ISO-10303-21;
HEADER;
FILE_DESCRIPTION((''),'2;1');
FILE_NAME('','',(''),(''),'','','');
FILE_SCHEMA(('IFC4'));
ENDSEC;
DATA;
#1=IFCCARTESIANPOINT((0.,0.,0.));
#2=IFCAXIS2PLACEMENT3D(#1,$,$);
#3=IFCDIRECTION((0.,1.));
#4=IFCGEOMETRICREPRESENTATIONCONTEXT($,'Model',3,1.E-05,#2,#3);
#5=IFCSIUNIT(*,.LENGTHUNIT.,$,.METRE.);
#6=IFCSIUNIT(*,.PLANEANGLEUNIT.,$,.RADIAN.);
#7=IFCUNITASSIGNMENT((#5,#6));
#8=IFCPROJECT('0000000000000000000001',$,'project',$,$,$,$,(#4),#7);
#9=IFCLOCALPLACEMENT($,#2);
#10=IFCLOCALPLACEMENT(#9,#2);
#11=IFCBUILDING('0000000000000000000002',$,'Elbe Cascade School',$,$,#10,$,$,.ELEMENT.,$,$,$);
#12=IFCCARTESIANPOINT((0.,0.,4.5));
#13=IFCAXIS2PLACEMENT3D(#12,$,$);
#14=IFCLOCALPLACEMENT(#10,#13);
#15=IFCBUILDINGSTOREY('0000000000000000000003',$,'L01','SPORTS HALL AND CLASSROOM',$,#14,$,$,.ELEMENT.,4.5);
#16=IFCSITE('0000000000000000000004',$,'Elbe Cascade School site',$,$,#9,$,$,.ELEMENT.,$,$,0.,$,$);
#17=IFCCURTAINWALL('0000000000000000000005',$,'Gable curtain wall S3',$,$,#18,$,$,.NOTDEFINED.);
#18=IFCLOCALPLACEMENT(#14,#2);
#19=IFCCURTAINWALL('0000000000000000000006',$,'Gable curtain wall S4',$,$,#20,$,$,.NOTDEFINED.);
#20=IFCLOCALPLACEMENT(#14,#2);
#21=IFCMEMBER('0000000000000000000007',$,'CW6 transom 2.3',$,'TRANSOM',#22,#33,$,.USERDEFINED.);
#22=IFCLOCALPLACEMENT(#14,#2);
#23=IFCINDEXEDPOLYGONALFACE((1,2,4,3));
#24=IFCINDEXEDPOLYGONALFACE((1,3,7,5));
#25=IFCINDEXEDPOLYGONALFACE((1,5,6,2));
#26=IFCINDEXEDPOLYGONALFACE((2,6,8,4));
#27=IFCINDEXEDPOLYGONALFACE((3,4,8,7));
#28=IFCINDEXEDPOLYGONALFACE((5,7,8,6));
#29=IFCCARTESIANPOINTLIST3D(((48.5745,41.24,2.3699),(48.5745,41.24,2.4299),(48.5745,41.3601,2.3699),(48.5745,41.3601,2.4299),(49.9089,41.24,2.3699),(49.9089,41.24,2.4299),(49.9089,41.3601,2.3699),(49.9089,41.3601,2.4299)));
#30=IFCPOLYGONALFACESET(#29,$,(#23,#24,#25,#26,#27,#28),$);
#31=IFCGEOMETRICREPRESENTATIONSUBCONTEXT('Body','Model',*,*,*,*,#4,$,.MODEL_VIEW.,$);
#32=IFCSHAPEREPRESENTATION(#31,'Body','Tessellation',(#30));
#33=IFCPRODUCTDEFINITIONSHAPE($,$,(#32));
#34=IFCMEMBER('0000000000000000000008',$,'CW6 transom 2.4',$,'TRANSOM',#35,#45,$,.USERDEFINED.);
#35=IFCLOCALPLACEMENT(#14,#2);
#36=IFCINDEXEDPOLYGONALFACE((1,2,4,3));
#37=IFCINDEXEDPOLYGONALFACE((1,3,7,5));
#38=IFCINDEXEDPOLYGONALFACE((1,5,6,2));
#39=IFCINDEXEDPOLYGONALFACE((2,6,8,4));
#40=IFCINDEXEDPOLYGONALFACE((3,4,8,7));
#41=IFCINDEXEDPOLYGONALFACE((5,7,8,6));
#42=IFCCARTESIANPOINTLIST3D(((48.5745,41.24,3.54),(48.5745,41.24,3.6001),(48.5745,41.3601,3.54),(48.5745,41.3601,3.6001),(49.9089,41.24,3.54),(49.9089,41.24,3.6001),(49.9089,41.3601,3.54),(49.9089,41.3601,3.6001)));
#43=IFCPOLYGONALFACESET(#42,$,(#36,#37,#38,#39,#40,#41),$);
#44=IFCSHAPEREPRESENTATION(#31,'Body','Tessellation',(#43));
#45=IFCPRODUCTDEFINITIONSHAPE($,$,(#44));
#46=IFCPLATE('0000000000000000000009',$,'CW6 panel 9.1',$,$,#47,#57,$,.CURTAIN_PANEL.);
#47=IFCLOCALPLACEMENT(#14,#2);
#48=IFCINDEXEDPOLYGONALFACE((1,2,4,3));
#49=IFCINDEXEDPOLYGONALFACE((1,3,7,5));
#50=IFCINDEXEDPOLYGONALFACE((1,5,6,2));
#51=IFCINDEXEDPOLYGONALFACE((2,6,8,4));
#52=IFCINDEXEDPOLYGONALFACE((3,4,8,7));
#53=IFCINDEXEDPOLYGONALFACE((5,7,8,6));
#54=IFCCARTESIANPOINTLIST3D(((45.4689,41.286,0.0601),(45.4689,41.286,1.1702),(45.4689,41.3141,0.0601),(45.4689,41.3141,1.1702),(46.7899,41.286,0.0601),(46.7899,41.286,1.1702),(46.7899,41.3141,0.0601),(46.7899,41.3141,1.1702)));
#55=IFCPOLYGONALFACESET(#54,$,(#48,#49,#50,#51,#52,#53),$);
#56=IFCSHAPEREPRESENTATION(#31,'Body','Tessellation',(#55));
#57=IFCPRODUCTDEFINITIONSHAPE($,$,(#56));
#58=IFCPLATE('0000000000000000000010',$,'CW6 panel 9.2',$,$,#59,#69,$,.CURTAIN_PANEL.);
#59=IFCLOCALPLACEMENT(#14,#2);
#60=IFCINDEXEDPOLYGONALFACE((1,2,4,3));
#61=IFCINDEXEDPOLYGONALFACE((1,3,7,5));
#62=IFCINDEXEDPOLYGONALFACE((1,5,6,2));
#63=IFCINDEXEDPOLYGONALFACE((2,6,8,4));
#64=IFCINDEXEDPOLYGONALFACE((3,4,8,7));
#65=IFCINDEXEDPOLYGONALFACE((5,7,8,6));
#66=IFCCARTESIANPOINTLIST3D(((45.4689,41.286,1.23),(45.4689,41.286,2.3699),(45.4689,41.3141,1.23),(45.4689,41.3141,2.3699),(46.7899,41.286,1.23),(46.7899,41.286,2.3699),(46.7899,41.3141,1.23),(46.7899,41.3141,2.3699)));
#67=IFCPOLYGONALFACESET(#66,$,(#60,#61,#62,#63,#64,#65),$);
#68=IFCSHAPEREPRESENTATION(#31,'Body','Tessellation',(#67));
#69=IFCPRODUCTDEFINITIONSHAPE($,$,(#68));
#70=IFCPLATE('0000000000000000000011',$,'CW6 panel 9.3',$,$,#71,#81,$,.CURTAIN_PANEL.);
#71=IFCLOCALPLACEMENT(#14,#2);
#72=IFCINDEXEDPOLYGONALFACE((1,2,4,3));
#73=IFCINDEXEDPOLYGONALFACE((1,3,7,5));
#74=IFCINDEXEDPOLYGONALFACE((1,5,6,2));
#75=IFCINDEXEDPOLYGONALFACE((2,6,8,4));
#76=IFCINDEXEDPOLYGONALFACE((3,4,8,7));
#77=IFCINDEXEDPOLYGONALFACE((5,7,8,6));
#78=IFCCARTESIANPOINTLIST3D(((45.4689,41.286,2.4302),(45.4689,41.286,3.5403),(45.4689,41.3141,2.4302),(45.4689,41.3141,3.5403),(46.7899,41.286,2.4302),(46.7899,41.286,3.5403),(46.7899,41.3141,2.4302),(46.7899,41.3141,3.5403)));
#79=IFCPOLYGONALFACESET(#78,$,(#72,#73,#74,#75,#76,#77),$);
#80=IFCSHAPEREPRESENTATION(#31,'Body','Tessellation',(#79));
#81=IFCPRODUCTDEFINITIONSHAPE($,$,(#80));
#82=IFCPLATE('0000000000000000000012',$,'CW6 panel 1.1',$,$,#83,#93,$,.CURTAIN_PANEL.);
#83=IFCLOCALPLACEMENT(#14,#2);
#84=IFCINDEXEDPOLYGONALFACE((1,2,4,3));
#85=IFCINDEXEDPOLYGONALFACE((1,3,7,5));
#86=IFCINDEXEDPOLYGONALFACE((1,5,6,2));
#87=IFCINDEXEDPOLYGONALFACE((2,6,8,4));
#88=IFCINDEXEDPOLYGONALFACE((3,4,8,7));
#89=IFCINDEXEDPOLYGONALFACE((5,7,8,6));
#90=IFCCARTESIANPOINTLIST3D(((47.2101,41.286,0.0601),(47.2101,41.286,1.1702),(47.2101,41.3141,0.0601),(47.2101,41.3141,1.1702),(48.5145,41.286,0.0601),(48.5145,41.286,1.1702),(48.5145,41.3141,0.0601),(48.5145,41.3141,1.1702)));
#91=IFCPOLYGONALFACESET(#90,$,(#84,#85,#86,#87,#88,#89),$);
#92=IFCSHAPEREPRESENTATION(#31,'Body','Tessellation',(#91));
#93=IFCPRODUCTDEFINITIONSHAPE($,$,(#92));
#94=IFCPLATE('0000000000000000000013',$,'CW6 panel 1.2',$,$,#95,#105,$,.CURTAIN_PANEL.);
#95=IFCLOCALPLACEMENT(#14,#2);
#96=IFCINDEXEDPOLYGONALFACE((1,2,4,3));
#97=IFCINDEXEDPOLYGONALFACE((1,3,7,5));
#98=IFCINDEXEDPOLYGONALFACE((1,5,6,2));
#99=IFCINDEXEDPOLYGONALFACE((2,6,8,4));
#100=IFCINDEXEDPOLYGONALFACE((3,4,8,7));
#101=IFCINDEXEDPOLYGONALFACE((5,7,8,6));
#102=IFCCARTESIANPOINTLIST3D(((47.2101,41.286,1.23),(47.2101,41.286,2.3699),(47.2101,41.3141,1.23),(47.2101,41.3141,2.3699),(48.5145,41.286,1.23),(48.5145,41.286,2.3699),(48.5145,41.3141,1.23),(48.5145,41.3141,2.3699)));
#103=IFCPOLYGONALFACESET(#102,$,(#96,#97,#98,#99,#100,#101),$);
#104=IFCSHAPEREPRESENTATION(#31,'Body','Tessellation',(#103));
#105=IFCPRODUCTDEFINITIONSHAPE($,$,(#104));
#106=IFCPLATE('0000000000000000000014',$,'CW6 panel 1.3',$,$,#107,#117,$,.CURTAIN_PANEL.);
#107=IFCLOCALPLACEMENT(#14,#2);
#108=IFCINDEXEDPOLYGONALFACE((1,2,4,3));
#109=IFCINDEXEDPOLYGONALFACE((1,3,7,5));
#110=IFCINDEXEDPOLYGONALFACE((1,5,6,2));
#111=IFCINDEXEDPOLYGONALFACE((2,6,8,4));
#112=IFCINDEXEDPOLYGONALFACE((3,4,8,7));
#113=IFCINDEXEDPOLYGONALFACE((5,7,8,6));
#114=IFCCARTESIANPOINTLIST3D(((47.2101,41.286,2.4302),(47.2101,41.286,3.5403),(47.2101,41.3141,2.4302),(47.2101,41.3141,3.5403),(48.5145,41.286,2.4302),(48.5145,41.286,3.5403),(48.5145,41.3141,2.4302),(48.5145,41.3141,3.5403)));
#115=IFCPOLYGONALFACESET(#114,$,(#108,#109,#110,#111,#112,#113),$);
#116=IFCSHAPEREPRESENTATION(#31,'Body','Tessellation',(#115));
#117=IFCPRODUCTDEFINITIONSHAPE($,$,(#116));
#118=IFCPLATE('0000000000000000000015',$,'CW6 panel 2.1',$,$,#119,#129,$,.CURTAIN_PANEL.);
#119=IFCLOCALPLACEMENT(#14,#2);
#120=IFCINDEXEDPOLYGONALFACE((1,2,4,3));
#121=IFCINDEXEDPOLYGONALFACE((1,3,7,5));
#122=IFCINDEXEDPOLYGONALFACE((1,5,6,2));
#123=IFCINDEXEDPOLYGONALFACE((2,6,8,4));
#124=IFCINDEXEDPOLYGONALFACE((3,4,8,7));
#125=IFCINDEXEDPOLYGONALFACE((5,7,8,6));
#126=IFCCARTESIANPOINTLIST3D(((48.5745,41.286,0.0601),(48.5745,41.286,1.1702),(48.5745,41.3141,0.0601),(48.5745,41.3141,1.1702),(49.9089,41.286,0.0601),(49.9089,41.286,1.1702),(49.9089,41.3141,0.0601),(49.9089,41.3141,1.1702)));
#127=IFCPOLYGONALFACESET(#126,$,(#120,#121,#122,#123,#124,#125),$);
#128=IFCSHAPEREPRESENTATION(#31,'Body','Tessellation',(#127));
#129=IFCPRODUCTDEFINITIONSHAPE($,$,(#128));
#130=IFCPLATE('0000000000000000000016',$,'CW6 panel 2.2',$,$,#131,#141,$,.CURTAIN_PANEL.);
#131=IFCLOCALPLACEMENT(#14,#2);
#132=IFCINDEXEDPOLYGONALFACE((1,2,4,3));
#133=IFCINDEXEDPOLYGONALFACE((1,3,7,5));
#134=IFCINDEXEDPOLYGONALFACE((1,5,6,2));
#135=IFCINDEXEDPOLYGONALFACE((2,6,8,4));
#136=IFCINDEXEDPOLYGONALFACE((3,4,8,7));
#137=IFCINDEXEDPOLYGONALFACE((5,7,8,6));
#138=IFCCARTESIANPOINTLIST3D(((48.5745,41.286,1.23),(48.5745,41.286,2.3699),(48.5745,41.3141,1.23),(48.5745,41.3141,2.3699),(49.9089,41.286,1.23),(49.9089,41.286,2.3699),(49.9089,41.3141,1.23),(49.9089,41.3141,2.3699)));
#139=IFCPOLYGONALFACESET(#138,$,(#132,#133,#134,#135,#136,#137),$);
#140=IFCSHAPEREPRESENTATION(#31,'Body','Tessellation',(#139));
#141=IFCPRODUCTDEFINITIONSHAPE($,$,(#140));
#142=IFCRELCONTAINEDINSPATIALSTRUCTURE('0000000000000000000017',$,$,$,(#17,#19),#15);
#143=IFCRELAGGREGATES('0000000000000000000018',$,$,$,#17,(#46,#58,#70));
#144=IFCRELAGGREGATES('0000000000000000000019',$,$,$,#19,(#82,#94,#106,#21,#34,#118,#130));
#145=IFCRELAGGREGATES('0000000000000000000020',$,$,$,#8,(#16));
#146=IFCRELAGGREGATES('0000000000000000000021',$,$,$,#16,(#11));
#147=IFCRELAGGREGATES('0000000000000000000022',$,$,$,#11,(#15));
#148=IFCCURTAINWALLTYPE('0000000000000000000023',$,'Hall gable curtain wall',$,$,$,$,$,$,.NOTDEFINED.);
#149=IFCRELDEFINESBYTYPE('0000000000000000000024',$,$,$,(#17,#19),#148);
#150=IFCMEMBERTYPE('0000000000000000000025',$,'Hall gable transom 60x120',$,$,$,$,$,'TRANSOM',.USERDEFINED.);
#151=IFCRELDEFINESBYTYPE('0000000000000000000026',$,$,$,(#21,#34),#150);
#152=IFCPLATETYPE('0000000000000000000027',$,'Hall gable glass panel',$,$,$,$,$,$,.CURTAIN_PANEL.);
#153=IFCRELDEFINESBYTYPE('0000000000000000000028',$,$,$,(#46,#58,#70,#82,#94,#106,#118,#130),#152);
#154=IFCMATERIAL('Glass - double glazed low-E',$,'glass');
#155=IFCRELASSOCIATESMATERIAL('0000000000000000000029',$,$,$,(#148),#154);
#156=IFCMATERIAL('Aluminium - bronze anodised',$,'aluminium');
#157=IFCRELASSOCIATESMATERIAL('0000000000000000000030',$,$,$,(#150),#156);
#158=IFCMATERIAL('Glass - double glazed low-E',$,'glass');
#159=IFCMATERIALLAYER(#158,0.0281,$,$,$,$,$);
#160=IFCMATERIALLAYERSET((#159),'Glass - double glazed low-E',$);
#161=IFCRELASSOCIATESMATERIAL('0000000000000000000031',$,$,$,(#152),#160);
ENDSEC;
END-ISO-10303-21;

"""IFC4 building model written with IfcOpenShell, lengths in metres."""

from ifc_helpers import new_model, si_unit, direction, frame, origin, origin_2d, place, context, subcontext, project, spatial, rectangle, extrude, material, layer, layer_set, material_profile, profile_set, type_object, element, aggregate, save


model = new_model("IFC4")

# Units and contexts
model_context = context("Model", 3, precision=1e-05, world=origin(), true_north=direction((0.0, 1.0)))
body_context = subcontext(model_context, "Body", "Model", "MODEL_VIEW")
ifc_project = project(units=[si_unit("LENGTHUNIT", "METRE"), si_unit("PLANEANGLEUNIT", "RADIAN")], contexts=[model_context])

# Site, building, storey
site_placement = place(None, origin())
site = spatial("IfcSite", under=ifc_project, at=site_placement, Name="Elbe Cascade School site", CompositionType="ELEMENT", RefElevation=0.0)
building_placement = place(site_placement, origin())
building = spatial("IfcBuilding", under=site, at=building_placement, Name="Elbe Cascade School", CompositionType="ELEMENT")
storey_placement = place(building_placement, frame((0.0, 0.0, 4.5)))
storey = spatial("IfcBuildingStorey", under=building, at=storey_placement, Name="L01", Description="SPORTS HALL AND CLASSROOM", CompositionType="ELEMENT", Elevation=4.5)

# Curtain wall
ifc_material_1 = material(Name="Glass - double glazed low-E", Category="glass")
curtain_wall_type = type_object("IfcCurtainWallType", Name="Hall gable curtain wall", PredefinedType="NOTDEFINED", material=ifc_material_1)
curtain_wall_1_placement = place(storey_placement, origin())
curtain_wall_1 = element("IfcCurtainWall", 1, at=curtain_wall_1_placement, inside=storey, type_object=curtain_wall_type, Name="Gable curtain wall S3", PredefinedType="NOTDEFINED")

# Curtain wall
curtain_wall_2_placement = place(storey_placement, origin())
curtain_wall_2 = element("IfcCurtainWall", 2, at=curtain_wall_2_placement, inside=storey, type_object=curtain_wall_type, Name="Gable curtain wall S4", PredefinedType="NOTDEFINED")

# Members
ifc_material_2 = material(Name="Aluminium - bronze anodised", Category="aluminium")
ifc_material_profile_1 = material_profile(ifc_material_2, rectangle(XDim=0.1201, YDim=0.0601, at=origin_2d()), Name="Alu 60x120")
ifc_profile_set_1 = profile_set([ifc_material_profile_1], Name="Aluminium - bronze anodised")
member_type_1 = type_object("IfcMemberType", Name="Hall gable transom 60x120", ElementType="TRANSOM", PredefinedType="USERDEFINED", material=ifc_profile_set_1)
member_1_placement = place(storey_placement, frame((48.5745, 41.3, 2.3999), z_axis=(1.0, 0.0, 0.0), x_axis=(0.0, 1.0, 0.0)))
member_1 = element("IfcMember", 3, at=member_1_placement, type_object=member_type_1, Name="CW6 transom 2.3", ObjectType="TRANSOM", PredefinedType="USERDEFINED", context=body_context, shape_type="SweptSolid", body=[
    extrude(rectangle(XDim=0.1201, YDim=0.0601, at=origin_2d()), origin(), (0.0, 0.0, 1.0), 1.3345),
])
member_2_placement = place(storey_placement, frame((48.5745, 41.3, 3.5701), z_axis=(1.0, 0.0, 0.0), x_axis=(0.0, 1.0, 0.0)))
member_2 = element("IfcMember", 4, at=member_2_placement, type_object=member_type_1, Name="CW6 transom 2.4", ObjectType="TRANSOM", PredefinedType="USERDEFINED", context=body_context, shape_type="SweptSolid", body=[
    extrude(rectangle(XDim=0.1201, YDim=0.0601, at=origin_2d()), origin(), (0.0, 0.0, 1.0), 1.3345),
])

# Plates
ifc_material_3 = material(Name="Glass - double glazed low-E", Category="glass")
ifc_layer = layer(ifc_material_3, 0.0281)
ifc_layer_set = layer_set([ifc_layer], Name="Glass - double glazed low-E")
plate_type = type_object("IfcPlateType", Name="Hall gable glass panel", PredefinedType="CURTAIN_PANEL", material=ifc_layer_set)
plate_1_placement = place(storey_placement, frame((46.1294, 41.3, 0.0601), z_axis=(0.0, 0.0, 1.0), x_axis=(1.0, 0.0, 0.0)))
plate_1 = element("IfcPlate", 5, at=plate_1_placement, type_object=plate_type, Name="CW6 panel 9.1", PredefinedType="CURTAIN_PANEL", context=body_context, shape_type="SweptSolid", body=[
    extrude(rectangle(XDim=1.321, YDim=0.0281, at=origin_2d()), origin(), (0.0, 0.0, 1.0), 1.1101),
])
plate_2_placement = place(storey_placement, frame((46.1294, 41.3, 1.23), z_axis=(0.0, 0.0, 1.0), x_axis=(1.0, 0.0, 0.0)))
plate_2 = element("IfcPlate", 6, at=plate_2_placement, type_object=plate_type, Name="CW6 panel 9.2", PredefinedType="CURTAIN_PANEL", context=body_context, shape_type="SweptSolid", body=[
    extrude(rectangle(XDim=1.321, YDim=0.0281, at=origin_2d()), origin(), (0.0, 0.0, 1.0), 1.1399),
])
plate_3_placement = place(storey_placement, frame((46.1294, 41.3, 2.4302), z_axis=(0.0, 0.0, 1.0), x_axis=(1.0, 0.0, 0.0)))
plate_3 = element("IfcPlate", 7, at=plate_3_placement, type_object=plate_type, Name="CW6 panel 9.3", PredefinedType="CURTAIN_PANEL", context=body_context, shape_type="SweptSolid", body=[
    extrude(rectangle(XDim=1.321, YDim=0.0281, at=origin_2d()), origin(), (0.0, 0.0, 1.0), 1.1101),
])
aggregate(curtain_wall_1, [plate_1, plate_2, plate_3])
plate_4_placement = place(storey_placement, frame((47.8623, 41.3, 0.0601), z_axis=(0.0, 0.0, 1.0), x_axis=(1.0, 0.0, 0.0)))
plate_4 = element("IfcPlate", 8, at=plate_4_placement, type_object=plate_type, Name="CW6 panel 1.1", PredefinedType="CURTAIN_PANEL", context=body_context, shape_type="SweptSolid", body=[
    extrude(rectangle(XDim=1.3044, YDim=0.0281, at=origin_2d()), origin(), (0.0, 0.0, 1.0), 1.1101),
])
plate_5_placement = place(storey_placement, frame((47.8623, 41.3, 1.23), z_axis=(0.0, 0.0, 1.0), x_axis=(1.0, 0.0, 0.0)))
plate_5 = element("IfcPlate", 9, at=plate_5_placement, type_object=plate_type, Name="CW6 panel 1.2", PredefinedType="CURTAIN_PANEL", context=body_context, shape_type="SweptSolid", body=[
    extrude(rectangle(XDim=1.3044, YDim=0.0281, at=origin_2d()), origin(), (0.0, 0.0, 1.0), 1.1399),
])
plate_6_placement = place(storey_placement, frame((47.8623, 41.3, 2.4302), z_axis=(0.0, 0.0, 1.0), x_axis=(1.0, 0.0, 0.0)))
plate_6 = element("IfcPlate", 10, at=plate_6_placement, type_object=plate_type, Name="CW6 panel 1.3", PredefinedType="CURTAIN_PANEL", context=body_context, shape_type="SweptSolid", body=[
    extrude(rectangle(XDim=1.3044, YDim=0.0281, at=origin_2d()), origin(), (0.0, 0.0, 1.0), 1.1101),
])
plate_7_placement = place(storey_placement, frame((49.2417, 41.3, 0.0601), z_axis=(0.0, 0.0, 1.0), x_axis=(1.0, 0.0, 0.0)))
plate_7 = element("IfcPlate", 11, at=plate_7_placement, type_object=plate_type, Name="CW6 panel 2.1", PredefinedType="CURTAIN_PANEL", context=body_context, shape_type="SweptSolid", body=[
    extrude(rectangle(XDim=1.3345, YDim=0.0281, at=origin_2d()), origin(), (0.0, 0.0, 1.0), 1.1101),
])
plate_8_placement = place(storey_placement, frame((49.2417, 41.3, 1.23), z_axis=(0.0, 0.0, 1.0), x_axis=(1.0, 0.0, 0.0)))
plate_8 = element("IfcPlate", 12, at=plate_8_placement, type_object=plate_type, Name="CW6 panel 2.2", PredefinedType="CURTAIN_PANEL", context=body_context, shape_type="SweptSolid", body=[
    extrude(rectangle(XDim=1.3345, YDim=0.0281, at=origin_2d()), origin(), (0.0, 0.0, 1.0), 1.1399),
])
aggregate(curtain_wall_2, [plate_4, plate_5, plate_6, member_1, member_2, plate_7, plate_8])

save(model, "model.ifc")
